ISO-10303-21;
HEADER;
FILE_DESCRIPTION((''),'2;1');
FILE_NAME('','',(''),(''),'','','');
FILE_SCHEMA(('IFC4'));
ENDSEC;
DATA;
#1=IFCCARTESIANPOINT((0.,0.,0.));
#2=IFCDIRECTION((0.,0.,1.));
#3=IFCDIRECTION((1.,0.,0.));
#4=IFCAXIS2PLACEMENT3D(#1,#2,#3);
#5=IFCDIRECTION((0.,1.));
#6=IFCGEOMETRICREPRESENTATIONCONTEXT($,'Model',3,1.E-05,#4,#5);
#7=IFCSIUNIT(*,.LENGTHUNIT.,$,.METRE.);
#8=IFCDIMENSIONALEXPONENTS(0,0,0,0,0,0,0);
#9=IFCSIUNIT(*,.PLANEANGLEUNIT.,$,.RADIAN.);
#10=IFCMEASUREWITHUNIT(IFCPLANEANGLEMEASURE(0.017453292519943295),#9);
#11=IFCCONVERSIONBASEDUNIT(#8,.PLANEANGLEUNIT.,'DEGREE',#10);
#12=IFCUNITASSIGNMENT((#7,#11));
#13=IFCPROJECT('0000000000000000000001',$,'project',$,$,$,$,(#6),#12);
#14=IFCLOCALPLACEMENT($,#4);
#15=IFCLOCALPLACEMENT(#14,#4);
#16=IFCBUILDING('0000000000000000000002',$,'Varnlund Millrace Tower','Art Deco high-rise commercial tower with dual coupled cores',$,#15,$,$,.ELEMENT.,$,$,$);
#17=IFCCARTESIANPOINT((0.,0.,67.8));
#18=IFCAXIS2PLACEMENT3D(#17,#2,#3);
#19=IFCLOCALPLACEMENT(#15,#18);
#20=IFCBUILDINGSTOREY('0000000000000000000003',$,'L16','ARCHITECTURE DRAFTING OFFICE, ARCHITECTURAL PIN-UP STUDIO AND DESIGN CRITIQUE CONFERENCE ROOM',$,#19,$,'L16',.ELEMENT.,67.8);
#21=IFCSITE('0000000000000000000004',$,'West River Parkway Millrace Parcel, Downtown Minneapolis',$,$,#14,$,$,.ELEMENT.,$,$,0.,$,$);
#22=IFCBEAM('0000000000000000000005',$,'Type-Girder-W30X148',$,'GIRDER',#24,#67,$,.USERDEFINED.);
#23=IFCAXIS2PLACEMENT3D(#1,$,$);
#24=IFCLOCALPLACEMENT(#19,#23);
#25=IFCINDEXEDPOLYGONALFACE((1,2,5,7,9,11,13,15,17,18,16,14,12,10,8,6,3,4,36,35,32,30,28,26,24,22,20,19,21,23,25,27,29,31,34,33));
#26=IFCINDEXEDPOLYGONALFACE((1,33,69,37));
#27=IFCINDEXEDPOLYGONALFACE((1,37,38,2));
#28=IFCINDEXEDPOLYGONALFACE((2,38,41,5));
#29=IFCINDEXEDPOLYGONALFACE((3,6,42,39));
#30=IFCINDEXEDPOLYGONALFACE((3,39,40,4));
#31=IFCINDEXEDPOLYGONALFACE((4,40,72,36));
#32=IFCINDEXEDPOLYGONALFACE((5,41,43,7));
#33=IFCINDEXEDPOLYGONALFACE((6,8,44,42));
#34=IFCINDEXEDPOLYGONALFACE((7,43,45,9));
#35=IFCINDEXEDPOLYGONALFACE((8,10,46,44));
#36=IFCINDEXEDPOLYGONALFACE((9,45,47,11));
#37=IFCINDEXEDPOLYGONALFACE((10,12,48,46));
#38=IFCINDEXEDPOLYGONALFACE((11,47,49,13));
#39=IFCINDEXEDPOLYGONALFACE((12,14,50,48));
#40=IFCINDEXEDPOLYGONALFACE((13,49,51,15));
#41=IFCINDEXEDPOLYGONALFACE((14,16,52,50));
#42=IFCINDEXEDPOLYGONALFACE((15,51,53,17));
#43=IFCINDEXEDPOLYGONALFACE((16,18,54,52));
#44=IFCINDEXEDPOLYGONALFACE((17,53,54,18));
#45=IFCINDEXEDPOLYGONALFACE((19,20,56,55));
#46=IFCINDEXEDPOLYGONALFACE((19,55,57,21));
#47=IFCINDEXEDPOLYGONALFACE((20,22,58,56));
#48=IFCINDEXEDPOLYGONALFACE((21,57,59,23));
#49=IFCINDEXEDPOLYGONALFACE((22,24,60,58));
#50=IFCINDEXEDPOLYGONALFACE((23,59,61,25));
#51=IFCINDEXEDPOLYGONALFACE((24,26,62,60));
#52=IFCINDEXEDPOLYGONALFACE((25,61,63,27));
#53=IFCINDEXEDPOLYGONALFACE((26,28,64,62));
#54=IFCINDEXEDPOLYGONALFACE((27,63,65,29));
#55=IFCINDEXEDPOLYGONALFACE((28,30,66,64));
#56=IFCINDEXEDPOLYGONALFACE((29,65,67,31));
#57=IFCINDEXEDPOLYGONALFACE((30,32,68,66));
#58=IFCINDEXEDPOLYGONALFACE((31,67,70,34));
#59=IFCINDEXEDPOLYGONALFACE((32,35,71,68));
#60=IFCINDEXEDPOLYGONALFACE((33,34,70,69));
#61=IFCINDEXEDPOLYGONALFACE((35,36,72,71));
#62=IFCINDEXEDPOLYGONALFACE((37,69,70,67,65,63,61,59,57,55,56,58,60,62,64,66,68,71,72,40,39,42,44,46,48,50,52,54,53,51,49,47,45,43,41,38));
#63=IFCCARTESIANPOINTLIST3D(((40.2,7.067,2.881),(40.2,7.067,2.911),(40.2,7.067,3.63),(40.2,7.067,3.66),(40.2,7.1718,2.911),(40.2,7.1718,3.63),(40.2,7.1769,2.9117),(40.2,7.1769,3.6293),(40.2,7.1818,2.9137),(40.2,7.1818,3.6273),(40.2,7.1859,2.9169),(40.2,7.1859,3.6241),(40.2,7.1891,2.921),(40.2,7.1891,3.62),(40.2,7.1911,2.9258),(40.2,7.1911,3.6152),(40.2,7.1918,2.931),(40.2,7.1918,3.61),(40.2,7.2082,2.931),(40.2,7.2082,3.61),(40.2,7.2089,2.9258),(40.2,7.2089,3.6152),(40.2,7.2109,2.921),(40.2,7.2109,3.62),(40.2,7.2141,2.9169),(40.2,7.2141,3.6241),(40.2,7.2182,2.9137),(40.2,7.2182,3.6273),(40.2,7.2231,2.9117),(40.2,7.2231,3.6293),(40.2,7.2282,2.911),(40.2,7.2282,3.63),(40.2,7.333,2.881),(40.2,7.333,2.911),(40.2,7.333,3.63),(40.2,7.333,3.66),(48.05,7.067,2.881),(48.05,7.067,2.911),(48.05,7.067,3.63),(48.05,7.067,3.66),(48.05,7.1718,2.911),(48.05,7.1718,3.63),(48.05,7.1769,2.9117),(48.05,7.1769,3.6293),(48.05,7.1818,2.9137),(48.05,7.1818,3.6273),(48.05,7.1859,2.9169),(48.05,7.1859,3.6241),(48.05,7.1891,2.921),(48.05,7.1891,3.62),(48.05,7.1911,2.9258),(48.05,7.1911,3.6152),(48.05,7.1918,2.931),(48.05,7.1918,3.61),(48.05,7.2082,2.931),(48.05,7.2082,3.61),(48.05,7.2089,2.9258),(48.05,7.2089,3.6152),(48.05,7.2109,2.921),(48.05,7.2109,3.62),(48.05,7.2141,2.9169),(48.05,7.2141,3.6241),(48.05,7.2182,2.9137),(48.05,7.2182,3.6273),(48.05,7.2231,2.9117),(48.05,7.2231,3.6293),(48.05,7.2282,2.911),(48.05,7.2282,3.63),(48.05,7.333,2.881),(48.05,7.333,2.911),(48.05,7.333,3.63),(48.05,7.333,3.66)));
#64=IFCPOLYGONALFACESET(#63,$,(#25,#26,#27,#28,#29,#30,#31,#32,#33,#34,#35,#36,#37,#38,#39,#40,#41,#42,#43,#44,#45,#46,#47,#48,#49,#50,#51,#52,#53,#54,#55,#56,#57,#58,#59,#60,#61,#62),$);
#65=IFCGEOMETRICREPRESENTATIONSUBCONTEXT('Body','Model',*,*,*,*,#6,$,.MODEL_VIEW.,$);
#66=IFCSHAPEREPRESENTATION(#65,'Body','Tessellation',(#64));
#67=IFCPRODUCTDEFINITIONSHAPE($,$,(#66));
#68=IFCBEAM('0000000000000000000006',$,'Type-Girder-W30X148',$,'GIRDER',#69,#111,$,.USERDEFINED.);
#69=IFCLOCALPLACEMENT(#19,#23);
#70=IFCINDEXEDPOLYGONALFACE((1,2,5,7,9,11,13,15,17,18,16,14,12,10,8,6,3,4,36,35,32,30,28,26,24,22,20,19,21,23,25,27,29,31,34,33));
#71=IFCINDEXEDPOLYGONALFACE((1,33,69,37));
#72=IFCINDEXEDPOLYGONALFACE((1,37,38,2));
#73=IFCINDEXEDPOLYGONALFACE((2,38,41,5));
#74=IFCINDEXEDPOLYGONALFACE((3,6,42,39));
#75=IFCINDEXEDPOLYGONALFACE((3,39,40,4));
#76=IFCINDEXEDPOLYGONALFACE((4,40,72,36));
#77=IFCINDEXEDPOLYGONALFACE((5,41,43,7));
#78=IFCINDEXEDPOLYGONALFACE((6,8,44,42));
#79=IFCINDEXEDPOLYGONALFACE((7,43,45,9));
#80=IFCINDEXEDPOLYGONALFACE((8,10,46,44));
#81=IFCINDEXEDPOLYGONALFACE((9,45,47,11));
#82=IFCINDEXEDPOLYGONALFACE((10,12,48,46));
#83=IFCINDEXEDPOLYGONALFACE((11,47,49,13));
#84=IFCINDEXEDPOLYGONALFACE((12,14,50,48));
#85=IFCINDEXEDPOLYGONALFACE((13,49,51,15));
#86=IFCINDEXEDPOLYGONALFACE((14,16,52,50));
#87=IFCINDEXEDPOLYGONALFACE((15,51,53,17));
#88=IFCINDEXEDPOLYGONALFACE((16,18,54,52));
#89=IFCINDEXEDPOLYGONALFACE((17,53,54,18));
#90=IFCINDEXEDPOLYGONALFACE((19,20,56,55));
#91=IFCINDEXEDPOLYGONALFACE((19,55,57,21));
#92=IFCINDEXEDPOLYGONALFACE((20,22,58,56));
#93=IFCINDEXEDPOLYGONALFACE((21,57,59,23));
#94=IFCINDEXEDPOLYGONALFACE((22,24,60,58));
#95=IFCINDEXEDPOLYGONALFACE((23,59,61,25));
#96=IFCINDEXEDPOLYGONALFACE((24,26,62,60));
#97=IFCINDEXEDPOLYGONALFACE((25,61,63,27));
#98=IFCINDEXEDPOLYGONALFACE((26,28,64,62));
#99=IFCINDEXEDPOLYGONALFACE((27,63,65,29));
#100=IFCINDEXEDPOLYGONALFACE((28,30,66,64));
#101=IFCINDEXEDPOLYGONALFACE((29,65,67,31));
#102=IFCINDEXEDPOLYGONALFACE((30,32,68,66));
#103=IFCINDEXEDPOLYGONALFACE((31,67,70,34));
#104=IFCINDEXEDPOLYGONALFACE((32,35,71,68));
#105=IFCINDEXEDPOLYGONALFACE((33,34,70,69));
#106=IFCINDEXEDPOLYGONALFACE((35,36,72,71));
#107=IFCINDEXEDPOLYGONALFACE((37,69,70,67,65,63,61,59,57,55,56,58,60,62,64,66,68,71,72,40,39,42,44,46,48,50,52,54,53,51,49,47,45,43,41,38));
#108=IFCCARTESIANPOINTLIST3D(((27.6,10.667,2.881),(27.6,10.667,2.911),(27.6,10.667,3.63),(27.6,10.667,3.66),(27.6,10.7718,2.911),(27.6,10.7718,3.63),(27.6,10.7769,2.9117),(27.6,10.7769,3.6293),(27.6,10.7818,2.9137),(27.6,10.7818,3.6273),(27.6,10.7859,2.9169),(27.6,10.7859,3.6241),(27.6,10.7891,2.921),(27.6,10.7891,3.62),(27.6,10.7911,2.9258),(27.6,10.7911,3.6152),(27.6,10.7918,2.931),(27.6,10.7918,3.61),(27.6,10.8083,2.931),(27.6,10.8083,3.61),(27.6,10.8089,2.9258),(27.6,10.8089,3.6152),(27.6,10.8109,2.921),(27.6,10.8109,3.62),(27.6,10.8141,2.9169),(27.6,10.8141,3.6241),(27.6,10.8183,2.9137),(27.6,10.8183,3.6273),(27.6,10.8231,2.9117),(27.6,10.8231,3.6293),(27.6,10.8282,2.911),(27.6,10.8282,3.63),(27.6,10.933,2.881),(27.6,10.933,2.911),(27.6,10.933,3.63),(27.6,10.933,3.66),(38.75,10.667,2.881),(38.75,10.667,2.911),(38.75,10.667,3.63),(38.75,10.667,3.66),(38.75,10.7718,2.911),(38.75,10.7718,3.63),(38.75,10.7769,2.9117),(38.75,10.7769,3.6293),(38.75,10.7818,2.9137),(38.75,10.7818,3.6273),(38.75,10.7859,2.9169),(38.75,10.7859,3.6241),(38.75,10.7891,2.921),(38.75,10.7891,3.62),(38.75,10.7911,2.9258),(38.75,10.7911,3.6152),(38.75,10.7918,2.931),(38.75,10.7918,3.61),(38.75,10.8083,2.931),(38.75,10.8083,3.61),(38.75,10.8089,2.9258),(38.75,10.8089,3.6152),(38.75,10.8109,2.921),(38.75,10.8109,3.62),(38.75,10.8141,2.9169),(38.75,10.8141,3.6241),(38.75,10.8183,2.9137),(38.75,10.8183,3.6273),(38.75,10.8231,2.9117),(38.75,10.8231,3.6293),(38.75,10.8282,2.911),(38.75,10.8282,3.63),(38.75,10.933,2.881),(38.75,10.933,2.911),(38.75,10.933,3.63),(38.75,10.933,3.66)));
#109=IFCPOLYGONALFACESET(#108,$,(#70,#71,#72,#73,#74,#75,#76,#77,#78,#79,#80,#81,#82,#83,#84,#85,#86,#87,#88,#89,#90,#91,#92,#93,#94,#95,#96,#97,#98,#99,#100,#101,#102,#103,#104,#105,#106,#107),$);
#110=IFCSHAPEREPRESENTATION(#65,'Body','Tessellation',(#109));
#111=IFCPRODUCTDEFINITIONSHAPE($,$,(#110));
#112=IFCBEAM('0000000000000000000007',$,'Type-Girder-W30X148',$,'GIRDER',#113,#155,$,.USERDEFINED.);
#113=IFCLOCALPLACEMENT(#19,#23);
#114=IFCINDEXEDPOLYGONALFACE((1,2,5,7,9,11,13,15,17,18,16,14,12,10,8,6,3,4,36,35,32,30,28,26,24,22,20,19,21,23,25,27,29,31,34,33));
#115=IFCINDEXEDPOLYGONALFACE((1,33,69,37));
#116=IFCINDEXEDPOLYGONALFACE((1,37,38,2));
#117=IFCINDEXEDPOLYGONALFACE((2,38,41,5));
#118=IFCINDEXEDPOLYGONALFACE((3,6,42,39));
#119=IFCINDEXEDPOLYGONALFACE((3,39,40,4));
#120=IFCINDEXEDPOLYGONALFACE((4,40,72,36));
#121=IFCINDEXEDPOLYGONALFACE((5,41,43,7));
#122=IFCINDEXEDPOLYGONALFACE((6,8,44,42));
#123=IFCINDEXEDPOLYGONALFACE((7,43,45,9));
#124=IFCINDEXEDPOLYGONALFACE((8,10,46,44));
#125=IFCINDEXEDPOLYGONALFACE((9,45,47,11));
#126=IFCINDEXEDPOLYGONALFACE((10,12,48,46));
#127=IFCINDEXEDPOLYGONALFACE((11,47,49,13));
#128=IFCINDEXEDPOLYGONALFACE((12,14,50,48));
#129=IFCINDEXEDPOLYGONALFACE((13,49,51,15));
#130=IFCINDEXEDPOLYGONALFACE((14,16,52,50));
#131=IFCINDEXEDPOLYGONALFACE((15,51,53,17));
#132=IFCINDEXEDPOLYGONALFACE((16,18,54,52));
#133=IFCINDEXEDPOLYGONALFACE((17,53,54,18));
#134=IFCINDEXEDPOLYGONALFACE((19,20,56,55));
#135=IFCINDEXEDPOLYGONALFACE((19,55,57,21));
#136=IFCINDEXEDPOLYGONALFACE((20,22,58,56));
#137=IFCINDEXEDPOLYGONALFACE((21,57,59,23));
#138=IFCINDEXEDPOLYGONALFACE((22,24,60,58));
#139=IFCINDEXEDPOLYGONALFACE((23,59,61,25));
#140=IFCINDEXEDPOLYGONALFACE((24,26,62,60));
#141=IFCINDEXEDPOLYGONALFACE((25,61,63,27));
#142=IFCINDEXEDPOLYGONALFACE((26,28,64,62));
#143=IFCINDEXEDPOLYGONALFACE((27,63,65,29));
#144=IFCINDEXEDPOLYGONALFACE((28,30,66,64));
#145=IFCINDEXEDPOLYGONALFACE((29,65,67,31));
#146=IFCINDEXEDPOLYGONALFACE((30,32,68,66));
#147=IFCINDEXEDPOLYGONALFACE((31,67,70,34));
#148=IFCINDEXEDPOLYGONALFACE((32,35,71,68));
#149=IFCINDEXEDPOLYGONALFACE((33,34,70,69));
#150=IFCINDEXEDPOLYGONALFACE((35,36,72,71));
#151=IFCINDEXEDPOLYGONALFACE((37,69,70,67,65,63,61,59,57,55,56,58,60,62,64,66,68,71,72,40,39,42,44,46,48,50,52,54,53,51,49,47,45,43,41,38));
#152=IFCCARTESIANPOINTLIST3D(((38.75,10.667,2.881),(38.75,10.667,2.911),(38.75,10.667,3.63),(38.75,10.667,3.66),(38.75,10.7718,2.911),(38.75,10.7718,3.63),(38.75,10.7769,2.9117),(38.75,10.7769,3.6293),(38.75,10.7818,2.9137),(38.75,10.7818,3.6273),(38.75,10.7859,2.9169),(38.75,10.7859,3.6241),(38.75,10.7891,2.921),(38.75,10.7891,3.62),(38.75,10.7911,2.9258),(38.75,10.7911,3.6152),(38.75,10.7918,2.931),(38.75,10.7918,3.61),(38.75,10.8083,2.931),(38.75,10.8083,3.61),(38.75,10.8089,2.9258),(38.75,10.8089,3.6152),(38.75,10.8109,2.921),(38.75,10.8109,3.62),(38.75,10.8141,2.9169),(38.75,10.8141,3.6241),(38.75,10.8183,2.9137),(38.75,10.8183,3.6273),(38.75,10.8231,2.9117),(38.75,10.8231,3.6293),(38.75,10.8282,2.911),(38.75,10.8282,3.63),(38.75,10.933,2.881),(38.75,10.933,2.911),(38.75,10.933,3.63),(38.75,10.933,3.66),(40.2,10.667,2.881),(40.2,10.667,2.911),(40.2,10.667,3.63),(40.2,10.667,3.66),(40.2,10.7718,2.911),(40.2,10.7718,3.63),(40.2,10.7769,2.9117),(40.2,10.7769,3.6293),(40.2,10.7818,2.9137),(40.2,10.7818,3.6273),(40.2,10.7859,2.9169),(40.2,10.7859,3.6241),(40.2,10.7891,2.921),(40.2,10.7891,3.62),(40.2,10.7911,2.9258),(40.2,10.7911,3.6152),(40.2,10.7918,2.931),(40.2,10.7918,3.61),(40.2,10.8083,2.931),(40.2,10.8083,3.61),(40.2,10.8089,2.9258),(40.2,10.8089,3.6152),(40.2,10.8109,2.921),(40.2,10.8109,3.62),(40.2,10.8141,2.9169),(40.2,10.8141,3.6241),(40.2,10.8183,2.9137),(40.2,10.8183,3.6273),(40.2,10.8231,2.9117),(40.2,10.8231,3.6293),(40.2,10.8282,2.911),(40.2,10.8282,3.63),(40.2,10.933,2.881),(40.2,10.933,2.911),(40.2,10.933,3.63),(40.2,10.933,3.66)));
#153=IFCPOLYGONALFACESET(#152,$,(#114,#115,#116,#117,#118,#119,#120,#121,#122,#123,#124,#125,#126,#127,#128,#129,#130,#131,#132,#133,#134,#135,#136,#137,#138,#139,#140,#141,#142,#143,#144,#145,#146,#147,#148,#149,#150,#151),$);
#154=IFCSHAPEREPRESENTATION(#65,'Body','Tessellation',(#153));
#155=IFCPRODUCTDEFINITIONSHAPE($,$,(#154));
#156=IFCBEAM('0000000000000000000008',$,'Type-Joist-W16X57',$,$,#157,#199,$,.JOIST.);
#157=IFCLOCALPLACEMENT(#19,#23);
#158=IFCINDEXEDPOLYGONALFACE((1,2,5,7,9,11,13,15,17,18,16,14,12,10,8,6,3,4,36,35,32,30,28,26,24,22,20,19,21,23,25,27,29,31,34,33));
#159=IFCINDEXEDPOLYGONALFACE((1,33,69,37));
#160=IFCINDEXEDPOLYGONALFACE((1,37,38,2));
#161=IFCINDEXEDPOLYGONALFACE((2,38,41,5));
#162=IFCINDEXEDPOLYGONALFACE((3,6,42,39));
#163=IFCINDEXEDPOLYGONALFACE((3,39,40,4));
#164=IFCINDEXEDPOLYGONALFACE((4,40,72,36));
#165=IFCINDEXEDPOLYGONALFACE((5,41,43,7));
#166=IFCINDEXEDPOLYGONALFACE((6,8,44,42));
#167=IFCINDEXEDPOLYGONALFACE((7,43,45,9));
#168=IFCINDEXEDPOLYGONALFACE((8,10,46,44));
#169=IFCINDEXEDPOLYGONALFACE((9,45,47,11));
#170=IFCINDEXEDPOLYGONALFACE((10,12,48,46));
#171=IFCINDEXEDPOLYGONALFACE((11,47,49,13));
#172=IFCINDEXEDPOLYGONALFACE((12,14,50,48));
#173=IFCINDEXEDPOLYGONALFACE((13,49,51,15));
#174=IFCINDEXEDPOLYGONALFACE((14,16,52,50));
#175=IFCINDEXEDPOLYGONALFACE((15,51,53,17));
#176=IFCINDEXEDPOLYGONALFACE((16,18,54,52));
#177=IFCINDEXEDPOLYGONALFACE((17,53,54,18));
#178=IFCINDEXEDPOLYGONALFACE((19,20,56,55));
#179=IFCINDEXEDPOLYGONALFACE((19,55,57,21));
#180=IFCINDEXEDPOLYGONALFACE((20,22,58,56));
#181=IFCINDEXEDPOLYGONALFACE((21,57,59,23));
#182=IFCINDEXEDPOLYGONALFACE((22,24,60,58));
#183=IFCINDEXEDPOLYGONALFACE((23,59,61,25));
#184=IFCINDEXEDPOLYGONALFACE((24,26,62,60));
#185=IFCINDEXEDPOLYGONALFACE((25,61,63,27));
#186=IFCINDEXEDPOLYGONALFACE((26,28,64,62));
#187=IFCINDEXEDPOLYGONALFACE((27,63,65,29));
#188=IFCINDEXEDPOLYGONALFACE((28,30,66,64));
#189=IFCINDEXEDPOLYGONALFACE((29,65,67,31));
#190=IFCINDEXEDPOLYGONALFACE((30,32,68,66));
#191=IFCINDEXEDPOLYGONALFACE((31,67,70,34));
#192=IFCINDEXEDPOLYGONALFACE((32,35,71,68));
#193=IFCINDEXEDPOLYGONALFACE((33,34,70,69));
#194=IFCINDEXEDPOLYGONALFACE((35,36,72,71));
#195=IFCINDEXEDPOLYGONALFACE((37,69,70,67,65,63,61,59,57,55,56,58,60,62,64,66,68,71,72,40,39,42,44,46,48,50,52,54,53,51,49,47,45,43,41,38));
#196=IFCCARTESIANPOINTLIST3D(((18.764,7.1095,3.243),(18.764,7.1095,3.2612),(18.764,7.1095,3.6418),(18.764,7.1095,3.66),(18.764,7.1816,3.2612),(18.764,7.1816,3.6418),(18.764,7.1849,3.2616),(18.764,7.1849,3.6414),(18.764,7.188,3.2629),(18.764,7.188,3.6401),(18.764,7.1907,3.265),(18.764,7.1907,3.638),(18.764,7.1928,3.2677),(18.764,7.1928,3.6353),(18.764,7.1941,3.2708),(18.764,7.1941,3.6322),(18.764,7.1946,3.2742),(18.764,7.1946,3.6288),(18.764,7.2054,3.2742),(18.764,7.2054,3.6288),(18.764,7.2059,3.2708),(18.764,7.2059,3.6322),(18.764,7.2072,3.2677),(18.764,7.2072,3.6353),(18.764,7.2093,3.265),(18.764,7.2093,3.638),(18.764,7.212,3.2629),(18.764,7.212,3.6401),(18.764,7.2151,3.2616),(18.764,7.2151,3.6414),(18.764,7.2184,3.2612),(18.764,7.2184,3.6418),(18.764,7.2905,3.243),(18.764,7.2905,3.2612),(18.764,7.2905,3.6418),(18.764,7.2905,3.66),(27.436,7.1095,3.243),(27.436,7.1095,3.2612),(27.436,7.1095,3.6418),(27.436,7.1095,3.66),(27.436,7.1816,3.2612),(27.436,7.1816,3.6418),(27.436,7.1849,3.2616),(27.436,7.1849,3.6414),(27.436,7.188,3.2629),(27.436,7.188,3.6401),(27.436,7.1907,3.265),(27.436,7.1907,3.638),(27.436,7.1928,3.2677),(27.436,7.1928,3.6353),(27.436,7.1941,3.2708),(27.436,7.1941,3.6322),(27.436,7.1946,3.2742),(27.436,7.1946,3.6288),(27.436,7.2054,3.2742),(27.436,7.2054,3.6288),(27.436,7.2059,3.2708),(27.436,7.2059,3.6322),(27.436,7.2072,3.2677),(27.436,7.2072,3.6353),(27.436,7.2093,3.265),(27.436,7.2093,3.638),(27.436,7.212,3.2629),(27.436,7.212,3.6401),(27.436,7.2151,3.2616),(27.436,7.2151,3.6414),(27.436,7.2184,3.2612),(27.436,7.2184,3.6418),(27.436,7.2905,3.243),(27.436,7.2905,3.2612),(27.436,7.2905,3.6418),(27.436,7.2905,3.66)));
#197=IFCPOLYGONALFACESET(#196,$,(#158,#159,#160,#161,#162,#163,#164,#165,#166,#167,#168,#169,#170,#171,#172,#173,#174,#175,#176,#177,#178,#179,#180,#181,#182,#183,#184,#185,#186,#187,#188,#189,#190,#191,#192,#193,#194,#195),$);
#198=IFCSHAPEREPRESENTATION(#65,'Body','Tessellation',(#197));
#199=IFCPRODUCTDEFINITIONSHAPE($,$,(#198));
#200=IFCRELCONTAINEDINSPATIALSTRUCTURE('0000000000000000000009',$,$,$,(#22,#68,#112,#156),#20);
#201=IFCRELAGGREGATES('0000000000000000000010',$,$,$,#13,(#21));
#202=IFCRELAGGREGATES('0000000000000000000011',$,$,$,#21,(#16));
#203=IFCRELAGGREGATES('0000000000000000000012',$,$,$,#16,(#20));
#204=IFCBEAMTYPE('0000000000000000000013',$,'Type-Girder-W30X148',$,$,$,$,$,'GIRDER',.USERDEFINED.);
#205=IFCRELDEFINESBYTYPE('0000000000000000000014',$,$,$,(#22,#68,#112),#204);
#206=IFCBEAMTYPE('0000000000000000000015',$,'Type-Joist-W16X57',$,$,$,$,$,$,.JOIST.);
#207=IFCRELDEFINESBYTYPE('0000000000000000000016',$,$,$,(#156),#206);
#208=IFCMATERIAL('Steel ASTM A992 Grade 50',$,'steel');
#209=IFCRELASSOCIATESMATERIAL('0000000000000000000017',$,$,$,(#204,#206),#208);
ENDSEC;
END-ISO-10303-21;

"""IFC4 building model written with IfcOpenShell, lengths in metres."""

from ifc_helpers import new_model, entity, si_unit, converted_unit, direction, frame, origin_with_axes, origin_2d_with_axis, place, context, subcontext, project, spatial, i_section, extrude, material, material_profile, profile_set, type_object, element, save


model = new_model("IFC4")

# Units and contexts
model_context = context("Model", 3, precision=1e-05, world=origin_with_axes(), true_north=direction((0.0, 1.0)))
body_context = subcontext(model_context, "Body", "Model", "MODEL_VIEW")
ifc_project = project(units=[si_unit("LENGTHUNIT", "METRE"), converted_unit("PLANEANGLEUNIT", "DEGREE", entity("IfcPlaneAngleMeasure", 0.017453292519943295), si_unit("PLANEANGLEUNIT", "RADIAN"), dimensions=[0, 0, 0, 0, 0, 0, 0])], contexts=[model_context])

# Site, building, storey
site_placement = place(None, origin_with_axes())
site = spatial("IfcSite", under=ifc_project, at=site_placement, Name="West River Parkway Millrace Parcel, Downtown Minneapolis", CompositionType="ELEMENT", RefElevation=0.0)
building_placement = place(site_placement, origin_with_axes())
building = spatial("IfcBuilding", under=site, at=building_placement, Name="Varnlund Millrace Tower", Description="Art Deco high-rise commercial tower with dual coupled cores", CompositionType="ELEMENT")
storey_placement = place(building_placement, frame((0.0, 0.0, 67.8), z_axis=(0.0, 0.0, 1.0), x_axis=(1.0, 0.0, 0.0)))
storey = spatial("IfcBuildingStorey", under=building, at=storey_placement, Name="L16", Description="ARCHITECTURE DRAFTING OFFICE, ARCHITECTURAL PIN-UP STUDIO AND DESIGN CRITIQUE CONFERENCE ROOM", LongName="L16", CompositionType="ELEMENT", Elevation=67.8)

# Beams
ifc_material_1 = material(Name="Steel ASTM A992 Grade 50", Category="steel")
ifc_material_profile_1 = material_profile(ifc_material_1, i_section(OverallWidth=0.266, OverallDepth=0.779, WebThickness=0.0165, FlangeThickness=0.03, FilletRadius=0.02, at=origin_2d_with_axis()), Name="Steel ASTM A992 Grade 50")
ifc_profile_set_1 = profile_set([ifc_material_profile_1], Name="Steel ASTM A992 Grade 50")
beam_type_1 = type_object("IfcBeamType", Name="Type-Girder-W30X148", ElementType="GIRDER", PredefinedType="USERDEFINED", material=ifc_profile_set_1)
beam_1_placement = place(storey_placement, frame((40.2, 7.2, 3.2705), z_axis=(1.0, 0.0, 0.0), x_axis=(0.0, 1.0, 0.0)))
element("IfcBeam", 1, at=beam_1_placement, inside=storey, type_object=beam_type_1, Name="Type-Girder-W30X148", ObjectType="GIRDER", PredefinedType="USERDEFINED", context=body_context, shape_type="SweptSolid", body=[
    extrude(i_section(OverallWidth=0.266, OverallDepth=0.779, WebThickness=0.0165, FlangeThickness=0.03, FilletRadius=0.02, at=origin_2d_with_axis()), origin_with_axes(), (0.0, 0.0, 1.0), 7.85),
])
beam_2_placement = place(storey_placement, frame((27.6, 10.8, 3.2705), z_axis=(1.0, 0.0, 0.0), x_axis=(0.0, 1.0, 0.0)))
element("IfcBeam", 2, at=beam_2_placement, inside=storey, type_object=beam_type_1, Name="Type-Girder-W30X148", ObjectType="GIRDER", PredefinedType="USERDEFINED", context=body_context, shape_type="SweptSolid", body=[
    extrude(i_section(OverallWidth=0.266, OverallDepth=0.779, WebThickness=0.0165, FlangeThickness=0.03, FilletRadius=0.02, at=origin_2d_with_axis()), origin_with_axes(), (0.0, 0.0, 1.0), 11.15),
])
beam_3_placement = place(storey_placement, frame((38.75, 10.8, 3.2705), z_axis=(1.0, 0.0, 0.0), x_axis=(0.0, 1.0, 0.0)))
element("IfcBeam", 3, at=beam_3_placement, inside=storey, type_object=beam_type_1, Name="Type-Girder-W30X148", ObjectType="GIRDER", PredefinedType="USERDEFINED", context=body_context, shape_type="SweptSolid", body=[
    extrude(i_section(OverallWidth=0.266, OverallDepth=0.779, WebThickness=0.0165, FlangeThickness=0.03, FilletRadius=0.02, at=origin_2d_with_axis()), origin_with_axes(), (0.0, 0.0, 1.0), 1.45),
])
ifc_material_profile_2 = material_profile(ifc_material_1, i_section(OverallWidth=0.181, OverallDepth=0.417, WebThickness=0.0109, FlangeThickness=0.0182, FilletRadius=0.013, at=origin_2d_with_axis()), Name="Steel ASTM A992 Grade 50")
ifc_profile_set_2 = profile_set([ifc_material_profile_2], Name="Steel ASTM A992 Grade 50")
beam_type_2 = type_object("IfcBeamType", Name="Type-Joist-W16X57", PredefinedType="JOIST", material=ifc_profile_set_2)
for number, where, z_axis, x_axis, name in (
    (4, (18.764, 7.2, 3.4515), (1.0, 0.0, 0.0), (0.0, 1.0, 0.0), "Type-Joist-W16X57"),
):
    element("IfcBeam", number, at=place(storey_placement, frame(where, z_axis=z_axis, x_axis=x_axis)), inside=storey, type_object=beam_type_2, Name=name, PredefinedType="JOIST", context=body_context, shape_type="SweptSolid", body=[
        extrude(i_section(OverallWidth=0.181, OverallDepth=0.417, WebThickness=0.0109, FlangeThickness=0.0182, FilletRadius=0.013, at=origin_2d_with_axis()), origin_with_axes(), (0.0, 0.0, 1.0), 8.672),
    ])

save(model, "model.ifc")
